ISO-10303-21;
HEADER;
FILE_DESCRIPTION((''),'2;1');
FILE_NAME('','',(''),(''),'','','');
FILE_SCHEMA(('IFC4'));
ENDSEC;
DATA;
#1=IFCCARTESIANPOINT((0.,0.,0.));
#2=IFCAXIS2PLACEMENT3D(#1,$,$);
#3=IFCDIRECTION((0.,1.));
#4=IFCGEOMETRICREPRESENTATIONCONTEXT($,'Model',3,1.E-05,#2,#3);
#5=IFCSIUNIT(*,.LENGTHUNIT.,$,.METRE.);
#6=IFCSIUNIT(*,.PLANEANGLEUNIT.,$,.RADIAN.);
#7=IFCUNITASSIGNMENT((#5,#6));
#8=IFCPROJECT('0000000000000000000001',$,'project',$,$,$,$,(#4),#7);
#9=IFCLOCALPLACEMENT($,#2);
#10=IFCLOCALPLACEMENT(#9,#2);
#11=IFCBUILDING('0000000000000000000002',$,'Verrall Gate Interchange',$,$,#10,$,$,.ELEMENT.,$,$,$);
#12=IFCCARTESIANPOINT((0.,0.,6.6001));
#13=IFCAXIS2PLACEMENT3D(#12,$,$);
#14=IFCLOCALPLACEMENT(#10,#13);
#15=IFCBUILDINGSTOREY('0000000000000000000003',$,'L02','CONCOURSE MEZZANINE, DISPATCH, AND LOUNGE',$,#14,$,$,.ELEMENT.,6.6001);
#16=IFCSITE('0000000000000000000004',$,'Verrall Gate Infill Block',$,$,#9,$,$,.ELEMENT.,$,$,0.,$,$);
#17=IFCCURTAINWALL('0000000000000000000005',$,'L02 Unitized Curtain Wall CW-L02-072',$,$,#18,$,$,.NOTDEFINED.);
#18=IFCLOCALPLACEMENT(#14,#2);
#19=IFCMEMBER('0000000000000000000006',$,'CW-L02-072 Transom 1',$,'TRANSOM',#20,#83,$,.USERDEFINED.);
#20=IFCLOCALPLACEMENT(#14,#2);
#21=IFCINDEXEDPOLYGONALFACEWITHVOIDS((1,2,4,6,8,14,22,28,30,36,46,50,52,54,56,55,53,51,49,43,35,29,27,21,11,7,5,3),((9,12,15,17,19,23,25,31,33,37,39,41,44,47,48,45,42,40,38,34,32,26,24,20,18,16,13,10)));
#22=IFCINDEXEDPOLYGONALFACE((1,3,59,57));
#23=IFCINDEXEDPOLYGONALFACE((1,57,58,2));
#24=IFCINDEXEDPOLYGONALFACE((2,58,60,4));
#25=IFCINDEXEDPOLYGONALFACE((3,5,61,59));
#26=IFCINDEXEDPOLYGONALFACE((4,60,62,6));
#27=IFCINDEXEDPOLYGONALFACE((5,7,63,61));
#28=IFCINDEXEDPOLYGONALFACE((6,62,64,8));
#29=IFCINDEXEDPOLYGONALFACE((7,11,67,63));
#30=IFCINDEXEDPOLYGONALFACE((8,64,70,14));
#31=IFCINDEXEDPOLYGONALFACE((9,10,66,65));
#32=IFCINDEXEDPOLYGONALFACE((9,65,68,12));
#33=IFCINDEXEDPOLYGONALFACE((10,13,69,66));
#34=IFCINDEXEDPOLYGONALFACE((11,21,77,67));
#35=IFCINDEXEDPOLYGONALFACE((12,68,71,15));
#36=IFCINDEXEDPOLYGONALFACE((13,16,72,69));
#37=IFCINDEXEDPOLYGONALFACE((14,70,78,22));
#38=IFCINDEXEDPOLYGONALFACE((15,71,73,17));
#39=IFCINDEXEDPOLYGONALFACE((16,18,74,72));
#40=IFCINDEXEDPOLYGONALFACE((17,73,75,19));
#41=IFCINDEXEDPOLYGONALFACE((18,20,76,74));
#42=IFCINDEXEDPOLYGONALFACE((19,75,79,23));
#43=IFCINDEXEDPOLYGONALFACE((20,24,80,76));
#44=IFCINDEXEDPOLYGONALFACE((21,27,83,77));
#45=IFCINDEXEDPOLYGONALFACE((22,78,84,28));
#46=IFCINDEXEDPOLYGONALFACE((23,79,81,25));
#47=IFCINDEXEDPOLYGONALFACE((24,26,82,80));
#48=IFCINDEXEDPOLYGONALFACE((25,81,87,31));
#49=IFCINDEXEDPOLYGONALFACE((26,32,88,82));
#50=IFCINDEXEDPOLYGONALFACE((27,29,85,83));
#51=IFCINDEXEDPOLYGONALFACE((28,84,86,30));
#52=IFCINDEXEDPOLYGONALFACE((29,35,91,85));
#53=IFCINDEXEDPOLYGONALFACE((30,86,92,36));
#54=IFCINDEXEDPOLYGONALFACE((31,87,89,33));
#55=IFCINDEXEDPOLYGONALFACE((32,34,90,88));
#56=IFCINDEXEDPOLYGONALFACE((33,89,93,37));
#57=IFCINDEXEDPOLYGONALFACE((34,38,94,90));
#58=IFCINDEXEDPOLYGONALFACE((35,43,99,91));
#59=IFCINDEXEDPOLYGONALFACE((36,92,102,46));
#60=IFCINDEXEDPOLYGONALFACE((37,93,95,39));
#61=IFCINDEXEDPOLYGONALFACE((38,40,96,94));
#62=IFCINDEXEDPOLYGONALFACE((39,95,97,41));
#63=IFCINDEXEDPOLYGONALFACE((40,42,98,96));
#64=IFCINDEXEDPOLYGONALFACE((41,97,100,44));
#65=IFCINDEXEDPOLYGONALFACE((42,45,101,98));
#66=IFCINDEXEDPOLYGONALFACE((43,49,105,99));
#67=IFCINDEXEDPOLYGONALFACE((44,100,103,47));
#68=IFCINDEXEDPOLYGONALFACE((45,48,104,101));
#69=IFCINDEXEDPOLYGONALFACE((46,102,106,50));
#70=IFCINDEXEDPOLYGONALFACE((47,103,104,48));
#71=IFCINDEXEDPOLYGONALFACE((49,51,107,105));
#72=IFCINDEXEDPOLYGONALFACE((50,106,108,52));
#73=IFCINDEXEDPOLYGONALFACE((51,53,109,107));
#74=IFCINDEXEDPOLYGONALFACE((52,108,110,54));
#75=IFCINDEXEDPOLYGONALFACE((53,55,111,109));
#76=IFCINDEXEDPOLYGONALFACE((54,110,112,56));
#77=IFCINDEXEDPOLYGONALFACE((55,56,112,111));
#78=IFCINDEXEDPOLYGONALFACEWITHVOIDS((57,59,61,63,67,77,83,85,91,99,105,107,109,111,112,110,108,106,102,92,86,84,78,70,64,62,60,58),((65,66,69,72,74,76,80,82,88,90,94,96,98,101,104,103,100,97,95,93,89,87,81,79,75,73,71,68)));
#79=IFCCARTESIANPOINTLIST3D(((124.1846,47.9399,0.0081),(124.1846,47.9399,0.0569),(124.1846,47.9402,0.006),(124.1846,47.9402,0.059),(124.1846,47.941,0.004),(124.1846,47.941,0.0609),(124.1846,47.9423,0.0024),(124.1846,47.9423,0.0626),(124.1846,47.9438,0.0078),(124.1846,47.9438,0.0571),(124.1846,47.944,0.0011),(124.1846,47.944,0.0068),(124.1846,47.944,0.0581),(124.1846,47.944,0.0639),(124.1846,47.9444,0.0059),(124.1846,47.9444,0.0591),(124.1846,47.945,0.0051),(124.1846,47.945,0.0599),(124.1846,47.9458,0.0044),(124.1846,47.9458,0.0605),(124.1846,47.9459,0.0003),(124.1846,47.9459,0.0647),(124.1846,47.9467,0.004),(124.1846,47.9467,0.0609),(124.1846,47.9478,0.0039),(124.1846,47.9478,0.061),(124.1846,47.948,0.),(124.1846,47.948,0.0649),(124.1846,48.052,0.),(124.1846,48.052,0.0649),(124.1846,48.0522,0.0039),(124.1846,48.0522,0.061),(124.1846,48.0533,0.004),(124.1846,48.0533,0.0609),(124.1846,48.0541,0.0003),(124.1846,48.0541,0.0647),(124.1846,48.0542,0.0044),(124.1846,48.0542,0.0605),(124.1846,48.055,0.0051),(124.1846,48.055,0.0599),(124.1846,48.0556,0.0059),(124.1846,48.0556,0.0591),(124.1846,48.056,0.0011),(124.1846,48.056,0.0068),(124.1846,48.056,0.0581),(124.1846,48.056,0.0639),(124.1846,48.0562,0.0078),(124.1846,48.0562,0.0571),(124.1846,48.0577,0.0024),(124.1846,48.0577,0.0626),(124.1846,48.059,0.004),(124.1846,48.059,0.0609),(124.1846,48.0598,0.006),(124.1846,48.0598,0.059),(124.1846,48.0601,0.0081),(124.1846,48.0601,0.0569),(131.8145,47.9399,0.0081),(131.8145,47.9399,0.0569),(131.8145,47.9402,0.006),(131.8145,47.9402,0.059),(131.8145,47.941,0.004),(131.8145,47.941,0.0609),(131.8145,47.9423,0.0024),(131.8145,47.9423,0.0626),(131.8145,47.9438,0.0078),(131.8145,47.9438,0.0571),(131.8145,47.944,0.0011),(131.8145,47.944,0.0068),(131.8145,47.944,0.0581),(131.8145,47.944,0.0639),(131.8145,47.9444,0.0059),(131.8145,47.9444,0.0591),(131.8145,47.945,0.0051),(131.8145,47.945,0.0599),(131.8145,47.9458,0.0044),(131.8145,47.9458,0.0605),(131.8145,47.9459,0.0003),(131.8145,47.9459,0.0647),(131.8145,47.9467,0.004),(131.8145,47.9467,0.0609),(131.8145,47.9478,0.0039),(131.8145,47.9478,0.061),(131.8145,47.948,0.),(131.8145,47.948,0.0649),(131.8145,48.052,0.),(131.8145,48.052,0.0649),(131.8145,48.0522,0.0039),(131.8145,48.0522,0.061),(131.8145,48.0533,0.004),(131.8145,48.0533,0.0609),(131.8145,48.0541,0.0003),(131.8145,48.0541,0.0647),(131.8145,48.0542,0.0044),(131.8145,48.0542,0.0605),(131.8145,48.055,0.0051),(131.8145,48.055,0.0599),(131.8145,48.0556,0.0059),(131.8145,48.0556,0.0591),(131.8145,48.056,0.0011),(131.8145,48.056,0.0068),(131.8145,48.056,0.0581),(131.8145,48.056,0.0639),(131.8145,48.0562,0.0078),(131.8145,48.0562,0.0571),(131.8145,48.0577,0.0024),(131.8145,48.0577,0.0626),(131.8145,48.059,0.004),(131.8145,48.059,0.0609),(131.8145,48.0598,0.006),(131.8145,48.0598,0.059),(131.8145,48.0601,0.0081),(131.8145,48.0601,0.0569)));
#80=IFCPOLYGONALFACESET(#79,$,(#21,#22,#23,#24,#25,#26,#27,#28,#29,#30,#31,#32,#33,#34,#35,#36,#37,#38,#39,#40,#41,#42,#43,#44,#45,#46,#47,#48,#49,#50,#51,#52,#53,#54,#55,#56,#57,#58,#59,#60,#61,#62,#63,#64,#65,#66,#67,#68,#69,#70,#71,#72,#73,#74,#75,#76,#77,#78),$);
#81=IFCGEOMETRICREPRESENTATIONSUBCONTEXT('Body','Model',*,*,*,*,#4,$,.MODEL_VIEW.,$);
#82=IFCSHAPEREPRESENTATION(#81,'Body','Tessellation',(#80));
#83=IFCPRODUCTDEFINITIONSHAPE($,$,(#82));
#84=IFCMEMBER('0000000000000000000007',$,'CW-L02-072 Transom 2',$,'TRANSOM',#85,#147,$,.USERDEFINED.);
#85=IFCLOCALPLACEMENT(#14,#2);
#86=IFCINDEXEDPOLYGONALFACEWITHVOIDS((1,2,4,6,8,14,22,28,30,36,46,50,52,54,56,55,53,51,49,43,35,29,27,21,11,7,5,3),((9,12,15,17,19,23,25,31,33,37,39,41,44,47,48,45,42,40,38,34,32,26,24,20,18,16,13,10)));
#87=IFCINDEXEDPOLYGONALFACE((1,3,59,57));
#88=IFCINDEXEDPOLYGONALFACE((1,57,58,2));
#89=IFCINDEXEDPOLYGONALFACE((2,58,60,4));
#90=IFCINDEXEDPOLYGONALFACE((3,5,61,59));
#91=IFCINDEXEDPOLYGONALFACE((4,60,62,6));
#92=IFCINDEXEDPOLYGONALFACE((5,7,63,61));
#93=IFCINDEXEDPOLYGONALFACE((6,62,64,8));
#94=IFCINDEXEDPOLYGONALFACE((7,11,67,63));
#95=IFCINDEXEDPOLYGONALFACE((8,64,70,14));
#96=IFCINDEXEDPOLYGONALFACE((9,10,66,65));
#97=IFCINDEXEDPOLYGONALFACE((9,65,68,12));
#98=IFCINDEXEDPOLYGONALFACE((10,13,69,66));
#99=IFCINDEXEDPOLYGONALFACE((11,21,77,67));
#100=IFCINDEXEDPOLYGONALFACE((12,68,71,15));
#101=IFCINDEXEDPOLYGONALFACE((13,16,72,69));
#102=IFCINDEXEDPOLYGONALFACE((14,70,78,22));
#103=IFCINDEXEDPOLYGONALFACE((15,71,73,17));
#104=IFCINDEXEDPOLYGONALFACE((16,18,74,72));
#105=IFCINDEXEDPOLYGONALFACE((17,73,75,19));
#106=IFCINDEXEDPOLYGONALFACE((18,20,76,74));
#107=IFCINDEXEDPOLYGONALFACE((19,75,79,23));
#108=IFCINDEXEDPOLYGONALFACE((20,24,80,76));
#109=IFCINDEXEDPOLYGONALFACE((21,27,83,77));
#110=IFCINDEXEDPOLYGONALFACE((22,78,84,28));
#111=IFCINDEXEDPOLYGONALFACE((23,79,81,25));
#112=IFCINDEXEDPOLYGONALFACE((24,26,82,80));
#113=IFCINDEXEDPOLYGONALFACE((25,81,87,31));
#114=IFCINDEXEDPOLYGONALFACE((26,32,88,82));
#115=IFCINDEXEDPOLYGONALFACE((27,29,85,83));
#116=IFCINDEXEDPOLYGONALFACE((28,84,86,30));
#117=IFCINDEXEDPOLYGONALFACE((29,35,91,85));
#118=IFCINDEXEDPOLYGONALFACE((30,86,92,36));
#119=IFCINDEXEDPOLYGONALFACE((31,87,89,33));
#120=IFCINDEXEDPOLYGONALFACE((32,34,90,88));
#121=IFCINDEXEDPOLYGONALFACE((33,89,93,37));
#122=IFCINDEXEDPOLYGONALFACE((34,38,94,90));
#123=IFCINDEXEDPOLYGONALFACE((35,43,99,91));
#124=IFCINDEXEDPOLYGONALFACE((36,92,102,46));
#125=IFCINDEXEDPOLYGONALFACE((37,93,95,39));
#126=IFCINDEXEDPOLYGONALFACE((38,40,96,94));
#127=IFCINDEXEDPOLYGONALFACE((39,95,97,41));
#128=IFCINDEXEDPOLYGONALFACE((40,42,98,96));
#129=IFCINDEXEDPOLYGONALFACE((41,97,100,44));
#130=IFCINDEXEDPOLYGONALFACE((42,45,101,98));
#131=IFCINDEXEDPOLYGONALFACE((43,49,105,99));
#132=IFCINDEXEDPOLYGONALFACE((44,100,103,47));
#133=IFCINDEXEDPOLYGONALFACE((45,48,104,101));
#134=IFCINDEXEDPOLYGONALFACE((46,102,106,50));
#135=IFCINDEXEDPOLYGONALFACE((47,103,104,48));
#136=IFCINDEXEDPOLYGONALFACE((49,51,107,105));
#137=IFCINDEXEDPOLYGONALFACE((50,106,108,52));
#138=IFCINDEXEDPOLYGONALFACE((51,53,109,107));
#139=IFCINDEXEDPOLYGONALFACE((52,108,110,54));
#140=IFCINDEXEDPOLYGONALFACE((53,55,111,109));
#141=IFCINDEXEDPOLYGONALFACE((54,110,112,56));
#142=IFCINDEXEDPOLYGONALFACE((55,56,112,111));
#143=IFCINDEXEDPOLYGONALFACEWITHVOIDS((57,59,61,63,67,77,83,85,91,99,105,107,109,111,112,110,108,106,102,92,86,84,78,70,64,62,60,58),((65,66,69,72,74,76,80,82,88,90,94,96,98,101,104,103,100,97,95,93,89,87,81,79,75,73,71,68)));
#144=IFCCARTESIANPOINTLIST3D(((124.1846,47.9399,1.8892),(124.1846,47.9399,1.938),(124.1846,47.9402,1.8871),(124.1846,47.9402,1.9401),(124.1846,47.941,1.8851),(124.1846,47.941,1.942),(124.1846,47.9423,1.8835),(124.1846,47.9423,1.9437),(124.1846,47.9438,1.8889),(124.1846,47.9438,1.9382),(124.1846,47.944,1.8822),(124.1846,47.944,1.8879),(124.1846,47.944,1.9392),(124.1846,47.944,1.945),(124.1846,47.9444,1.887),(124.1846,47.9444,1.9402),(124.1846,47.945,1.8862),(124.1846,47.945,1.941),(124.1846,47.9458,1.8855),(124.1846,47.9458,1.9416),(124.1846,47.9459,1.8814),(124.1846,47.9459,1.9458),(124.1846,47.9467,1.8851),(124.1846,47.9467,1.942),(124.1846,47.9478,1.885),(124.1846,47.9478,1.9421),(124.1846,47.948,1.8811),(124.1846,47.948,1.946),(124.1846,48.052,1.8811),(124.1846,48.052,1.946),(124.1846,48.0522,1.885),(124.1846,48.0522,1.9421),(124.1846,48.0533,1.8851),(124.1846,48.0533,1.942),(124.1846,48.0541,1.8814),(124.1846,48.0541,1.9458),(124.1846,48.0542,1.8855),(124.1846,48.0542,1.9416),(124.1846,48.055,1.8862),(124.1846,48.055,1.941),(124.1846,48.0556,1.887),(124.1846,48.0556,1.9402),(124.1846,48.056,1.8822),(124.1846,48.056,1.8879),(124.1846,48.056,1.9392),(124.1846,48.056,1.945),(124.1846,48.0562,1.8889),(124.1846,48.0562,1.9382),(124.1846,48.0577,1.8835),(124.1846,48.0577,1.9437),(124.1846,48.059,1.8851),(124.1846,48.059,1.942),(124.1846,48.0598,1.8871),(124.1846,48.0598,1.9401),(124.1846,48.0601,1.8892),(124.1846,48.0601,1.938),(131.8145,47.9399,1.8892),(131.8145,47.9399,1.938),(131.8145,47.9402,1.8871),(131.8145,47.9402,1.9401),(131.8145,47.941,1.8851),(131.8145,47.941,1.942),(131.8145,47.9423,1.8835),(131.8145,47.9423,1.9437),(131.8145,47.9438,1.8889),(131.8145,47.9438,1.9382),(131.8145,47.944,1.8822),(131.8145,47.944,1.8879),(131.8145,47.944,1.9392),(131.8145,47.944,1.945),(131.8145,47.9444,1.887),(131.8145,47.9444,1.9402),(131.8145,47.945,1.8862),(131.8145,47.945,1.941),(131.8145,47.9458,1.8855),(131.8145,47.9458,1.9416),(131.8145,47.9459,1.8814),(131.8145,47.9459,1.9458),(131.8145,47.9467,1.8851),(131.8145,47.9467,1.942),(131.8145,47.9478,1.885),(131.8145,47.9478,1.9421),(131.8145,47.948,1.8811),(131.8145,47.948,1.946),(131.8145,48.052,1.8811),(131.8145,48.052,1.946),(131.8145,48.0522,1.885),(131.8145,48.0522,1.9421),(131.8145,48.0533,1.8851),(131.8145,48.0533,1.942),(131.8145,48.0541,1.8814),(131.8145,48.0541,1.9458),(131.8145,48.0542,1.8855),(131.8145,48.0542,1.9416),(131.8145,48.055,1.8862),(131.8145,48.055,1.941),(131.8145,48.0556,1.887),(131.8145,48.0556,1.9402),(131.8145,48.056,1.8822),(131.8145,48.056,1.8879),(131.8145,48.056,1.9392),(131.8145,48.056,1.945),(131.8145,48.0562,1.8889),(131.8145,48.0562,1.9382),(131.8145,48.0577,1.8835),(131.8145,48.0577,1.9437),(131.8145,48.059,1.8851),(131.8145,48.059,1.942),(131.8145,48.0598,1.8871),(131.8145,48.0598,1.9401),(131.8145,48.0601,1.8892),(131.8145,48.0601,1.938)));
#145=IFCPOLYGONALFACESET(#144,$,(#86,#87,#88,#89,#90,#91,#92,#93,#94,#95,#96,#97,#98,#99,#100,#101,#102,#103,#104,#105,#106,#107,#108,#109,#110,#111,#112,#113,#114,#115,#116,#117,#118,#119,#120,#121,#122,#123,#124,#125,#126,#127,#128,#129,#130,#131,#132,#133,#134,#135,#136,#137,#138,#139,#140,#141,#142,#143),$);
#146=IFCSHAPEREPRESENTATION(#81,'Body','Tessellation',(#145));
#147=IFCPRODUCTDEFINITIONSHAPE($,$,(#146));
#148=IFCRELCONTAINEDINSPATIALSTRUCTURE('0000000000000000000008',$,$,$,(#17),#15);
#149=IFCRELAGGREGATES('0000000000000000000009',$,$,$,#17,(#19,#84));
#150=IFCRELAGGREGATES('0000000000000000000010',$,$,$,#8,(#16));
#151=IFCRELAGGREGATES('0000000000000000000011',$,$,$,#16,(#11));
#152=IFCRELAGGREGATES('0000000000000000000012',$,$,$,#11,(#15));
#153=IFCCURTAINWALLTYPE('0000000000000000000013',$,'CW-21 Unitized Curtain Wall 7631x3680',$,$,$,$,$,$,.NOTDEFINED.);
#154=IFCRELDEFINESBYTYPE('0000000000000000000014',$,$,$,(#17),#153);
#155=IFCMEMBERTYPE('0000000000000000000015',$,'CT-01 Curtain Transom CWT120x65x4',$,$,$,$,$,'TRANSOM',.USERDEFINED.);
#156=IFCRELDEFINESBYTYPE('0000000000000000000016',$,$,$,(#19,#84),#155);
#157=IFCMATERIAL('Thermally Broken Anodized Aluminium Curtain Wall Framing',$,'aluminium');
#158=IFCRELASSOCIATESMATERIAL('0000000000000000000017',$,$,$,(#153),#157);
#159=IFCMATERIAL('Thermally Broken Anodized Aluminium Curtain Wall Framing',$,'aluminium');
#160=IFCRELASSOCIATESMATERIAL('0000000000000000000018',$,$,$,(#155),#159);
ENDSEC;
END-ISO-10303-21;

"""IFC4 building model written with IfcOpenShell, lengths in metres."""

from ifc_helpers import new_model, si_unit, direction, frame, origin, origin_2d, place, context, subcontext, project, spatial, hollow_rectangle, extrude, material, material_profile, profile_set, type_object, element, aggregate, save


model = new_model("IFC4")

# Units and contexts
model_context = context("Model", 3, precision=1e-05, world=origin(), true_north=direction((0.0, 1.0)))
body_context = subcontext(model_context, "Body", "Model", "MODEL_VIEW")
ifc_project = project(units=[si_unit("LENGTHUNIT", "METRE"), si_unit("PLANEANGLEUNIT", "RADIAN")], contexts=[model_context])

# Site, building, storey
site_placement = place(None, origin())
site = spatial("IfcSite", under=ifc_project, at=site_placement, Name="Verrall Gate Infill Block", CompositionType="ELEMENT", RefElevation=0.0)
building_placement = place(site_placement, origin())
building = spatial("IfcBuilding", under=site, at=building_placement, Name="Verrall Gate Interchange", CompositionType="ELEMENT")
storey_placement = place(building_placement, frame((0.0, 0.0, 6.6001)))
storey = spatial("IfcBuildingStorey", under=building, at=storey_placement, Name="L02", Description="CONCOURSE MEZZANINE, DISPATCH, AND LOUNGE", CompositionType="ELEMENT", Elevation=6.6001)

# Curtain wall
ifc_material_1 = material(Name="Thermally Broken Anodized Aluminium Curtain Wall Framing", Category="aluminium")
curtain_wall_type = type_object("IfcCurtainWallType", Name="CW-21 Unitized Curtain Wall 7631x3680", PredefinedType="NOTDEFINED", material=ifc_material_1)
curtain_wall_1_placement = place(storey_placement, origin())
curtain_wall_1 = element("IfcCurtainWall", 1, at=curtain_wall_1_placement, inside=storey, type_object=curtain_wall_type, Name="L02 Unitized Curtain Wall CW-L02-072", PredefinedType="NOTDEFINED")

# Members
ifc_material_2 = material(Name="Thermally Broken Anodized Aluminium Curtain Wall Framing", Category="aluminium")
ifc_material_profile_1 = material_profile(ifc_material_2, hollow_rectangle(XDim=0.1201, YDim=0.0649, WallThickness=0.0039, InnerFilletRadius=0.0039, OuterFilletRadius=0.0081, at=origin_2d()), Name="CWT120x65x4")
ifc_profile_set_1 = profile_set([ifc_material_profile_1], Name="Thermally Broken Anodized Aluminium Curtain Wall Framing")
member_type_1 = type_object("IfcMemberType", Name="CT-01 Curtain Transom CWT120x65x4", ElementType="TRANSOM", PredefinedType="USERDEFINED", material=ifc_profile_set_1)
member_1_placement = place(storey_placement, frame((124.1846, 48.0, 0.0325), z_axis=(1.0, 0.0, 0.0), x_axis=(0.0, 1.0, 0.0)))
member_1 = element("IfcMember", 2, at=member_1_placement, type_object=member_type_1, Name="CW-L02-072 Transom 1", ObjectType="TRANSOM", PredefinedType="USERDEFINED", context=body_context, shape_type="SweptSolid", body=[
    extrude(hollow_rectangle(XDim=0.1201, YDim=0.0649, WallThickness=0.0039, InnerFilletRadius=0.0039, OuterFilletRadius=0.0081, at=origin_2d()), origin(), (0.0, 0.0, 1.0), 7.6299),
])
member_2_placement = place(storey_placement, frame((124.1846, 48.0, 1.9136), z_axis=(1.0, 0.0, 0.0), x_axis=(0.0, 1.0, 0.0)))
member_2 = element("IfcMember", 3, at=member_2_placement, type_object=member_type_1, Name="CW-L02-072 Transom 2", ObjectType="TRANSOM", PredefinedType="USERDEFINED", context=body_context, shape_type="SweptSolid", body=[
    extrude(hollow_rectangle(XDim=0.1201, YDim=0.0649, WallThickness=0.0039, InnerFilletRadius=0.0039, OuterFilletRadius=0.0081, at=origin_2d()), origin(), (0.0, 0.0, 1.0), 7.6299),
])

aggregate(curtain_wall_1, [member_1, member_2])

save(model, "model.ifc")
